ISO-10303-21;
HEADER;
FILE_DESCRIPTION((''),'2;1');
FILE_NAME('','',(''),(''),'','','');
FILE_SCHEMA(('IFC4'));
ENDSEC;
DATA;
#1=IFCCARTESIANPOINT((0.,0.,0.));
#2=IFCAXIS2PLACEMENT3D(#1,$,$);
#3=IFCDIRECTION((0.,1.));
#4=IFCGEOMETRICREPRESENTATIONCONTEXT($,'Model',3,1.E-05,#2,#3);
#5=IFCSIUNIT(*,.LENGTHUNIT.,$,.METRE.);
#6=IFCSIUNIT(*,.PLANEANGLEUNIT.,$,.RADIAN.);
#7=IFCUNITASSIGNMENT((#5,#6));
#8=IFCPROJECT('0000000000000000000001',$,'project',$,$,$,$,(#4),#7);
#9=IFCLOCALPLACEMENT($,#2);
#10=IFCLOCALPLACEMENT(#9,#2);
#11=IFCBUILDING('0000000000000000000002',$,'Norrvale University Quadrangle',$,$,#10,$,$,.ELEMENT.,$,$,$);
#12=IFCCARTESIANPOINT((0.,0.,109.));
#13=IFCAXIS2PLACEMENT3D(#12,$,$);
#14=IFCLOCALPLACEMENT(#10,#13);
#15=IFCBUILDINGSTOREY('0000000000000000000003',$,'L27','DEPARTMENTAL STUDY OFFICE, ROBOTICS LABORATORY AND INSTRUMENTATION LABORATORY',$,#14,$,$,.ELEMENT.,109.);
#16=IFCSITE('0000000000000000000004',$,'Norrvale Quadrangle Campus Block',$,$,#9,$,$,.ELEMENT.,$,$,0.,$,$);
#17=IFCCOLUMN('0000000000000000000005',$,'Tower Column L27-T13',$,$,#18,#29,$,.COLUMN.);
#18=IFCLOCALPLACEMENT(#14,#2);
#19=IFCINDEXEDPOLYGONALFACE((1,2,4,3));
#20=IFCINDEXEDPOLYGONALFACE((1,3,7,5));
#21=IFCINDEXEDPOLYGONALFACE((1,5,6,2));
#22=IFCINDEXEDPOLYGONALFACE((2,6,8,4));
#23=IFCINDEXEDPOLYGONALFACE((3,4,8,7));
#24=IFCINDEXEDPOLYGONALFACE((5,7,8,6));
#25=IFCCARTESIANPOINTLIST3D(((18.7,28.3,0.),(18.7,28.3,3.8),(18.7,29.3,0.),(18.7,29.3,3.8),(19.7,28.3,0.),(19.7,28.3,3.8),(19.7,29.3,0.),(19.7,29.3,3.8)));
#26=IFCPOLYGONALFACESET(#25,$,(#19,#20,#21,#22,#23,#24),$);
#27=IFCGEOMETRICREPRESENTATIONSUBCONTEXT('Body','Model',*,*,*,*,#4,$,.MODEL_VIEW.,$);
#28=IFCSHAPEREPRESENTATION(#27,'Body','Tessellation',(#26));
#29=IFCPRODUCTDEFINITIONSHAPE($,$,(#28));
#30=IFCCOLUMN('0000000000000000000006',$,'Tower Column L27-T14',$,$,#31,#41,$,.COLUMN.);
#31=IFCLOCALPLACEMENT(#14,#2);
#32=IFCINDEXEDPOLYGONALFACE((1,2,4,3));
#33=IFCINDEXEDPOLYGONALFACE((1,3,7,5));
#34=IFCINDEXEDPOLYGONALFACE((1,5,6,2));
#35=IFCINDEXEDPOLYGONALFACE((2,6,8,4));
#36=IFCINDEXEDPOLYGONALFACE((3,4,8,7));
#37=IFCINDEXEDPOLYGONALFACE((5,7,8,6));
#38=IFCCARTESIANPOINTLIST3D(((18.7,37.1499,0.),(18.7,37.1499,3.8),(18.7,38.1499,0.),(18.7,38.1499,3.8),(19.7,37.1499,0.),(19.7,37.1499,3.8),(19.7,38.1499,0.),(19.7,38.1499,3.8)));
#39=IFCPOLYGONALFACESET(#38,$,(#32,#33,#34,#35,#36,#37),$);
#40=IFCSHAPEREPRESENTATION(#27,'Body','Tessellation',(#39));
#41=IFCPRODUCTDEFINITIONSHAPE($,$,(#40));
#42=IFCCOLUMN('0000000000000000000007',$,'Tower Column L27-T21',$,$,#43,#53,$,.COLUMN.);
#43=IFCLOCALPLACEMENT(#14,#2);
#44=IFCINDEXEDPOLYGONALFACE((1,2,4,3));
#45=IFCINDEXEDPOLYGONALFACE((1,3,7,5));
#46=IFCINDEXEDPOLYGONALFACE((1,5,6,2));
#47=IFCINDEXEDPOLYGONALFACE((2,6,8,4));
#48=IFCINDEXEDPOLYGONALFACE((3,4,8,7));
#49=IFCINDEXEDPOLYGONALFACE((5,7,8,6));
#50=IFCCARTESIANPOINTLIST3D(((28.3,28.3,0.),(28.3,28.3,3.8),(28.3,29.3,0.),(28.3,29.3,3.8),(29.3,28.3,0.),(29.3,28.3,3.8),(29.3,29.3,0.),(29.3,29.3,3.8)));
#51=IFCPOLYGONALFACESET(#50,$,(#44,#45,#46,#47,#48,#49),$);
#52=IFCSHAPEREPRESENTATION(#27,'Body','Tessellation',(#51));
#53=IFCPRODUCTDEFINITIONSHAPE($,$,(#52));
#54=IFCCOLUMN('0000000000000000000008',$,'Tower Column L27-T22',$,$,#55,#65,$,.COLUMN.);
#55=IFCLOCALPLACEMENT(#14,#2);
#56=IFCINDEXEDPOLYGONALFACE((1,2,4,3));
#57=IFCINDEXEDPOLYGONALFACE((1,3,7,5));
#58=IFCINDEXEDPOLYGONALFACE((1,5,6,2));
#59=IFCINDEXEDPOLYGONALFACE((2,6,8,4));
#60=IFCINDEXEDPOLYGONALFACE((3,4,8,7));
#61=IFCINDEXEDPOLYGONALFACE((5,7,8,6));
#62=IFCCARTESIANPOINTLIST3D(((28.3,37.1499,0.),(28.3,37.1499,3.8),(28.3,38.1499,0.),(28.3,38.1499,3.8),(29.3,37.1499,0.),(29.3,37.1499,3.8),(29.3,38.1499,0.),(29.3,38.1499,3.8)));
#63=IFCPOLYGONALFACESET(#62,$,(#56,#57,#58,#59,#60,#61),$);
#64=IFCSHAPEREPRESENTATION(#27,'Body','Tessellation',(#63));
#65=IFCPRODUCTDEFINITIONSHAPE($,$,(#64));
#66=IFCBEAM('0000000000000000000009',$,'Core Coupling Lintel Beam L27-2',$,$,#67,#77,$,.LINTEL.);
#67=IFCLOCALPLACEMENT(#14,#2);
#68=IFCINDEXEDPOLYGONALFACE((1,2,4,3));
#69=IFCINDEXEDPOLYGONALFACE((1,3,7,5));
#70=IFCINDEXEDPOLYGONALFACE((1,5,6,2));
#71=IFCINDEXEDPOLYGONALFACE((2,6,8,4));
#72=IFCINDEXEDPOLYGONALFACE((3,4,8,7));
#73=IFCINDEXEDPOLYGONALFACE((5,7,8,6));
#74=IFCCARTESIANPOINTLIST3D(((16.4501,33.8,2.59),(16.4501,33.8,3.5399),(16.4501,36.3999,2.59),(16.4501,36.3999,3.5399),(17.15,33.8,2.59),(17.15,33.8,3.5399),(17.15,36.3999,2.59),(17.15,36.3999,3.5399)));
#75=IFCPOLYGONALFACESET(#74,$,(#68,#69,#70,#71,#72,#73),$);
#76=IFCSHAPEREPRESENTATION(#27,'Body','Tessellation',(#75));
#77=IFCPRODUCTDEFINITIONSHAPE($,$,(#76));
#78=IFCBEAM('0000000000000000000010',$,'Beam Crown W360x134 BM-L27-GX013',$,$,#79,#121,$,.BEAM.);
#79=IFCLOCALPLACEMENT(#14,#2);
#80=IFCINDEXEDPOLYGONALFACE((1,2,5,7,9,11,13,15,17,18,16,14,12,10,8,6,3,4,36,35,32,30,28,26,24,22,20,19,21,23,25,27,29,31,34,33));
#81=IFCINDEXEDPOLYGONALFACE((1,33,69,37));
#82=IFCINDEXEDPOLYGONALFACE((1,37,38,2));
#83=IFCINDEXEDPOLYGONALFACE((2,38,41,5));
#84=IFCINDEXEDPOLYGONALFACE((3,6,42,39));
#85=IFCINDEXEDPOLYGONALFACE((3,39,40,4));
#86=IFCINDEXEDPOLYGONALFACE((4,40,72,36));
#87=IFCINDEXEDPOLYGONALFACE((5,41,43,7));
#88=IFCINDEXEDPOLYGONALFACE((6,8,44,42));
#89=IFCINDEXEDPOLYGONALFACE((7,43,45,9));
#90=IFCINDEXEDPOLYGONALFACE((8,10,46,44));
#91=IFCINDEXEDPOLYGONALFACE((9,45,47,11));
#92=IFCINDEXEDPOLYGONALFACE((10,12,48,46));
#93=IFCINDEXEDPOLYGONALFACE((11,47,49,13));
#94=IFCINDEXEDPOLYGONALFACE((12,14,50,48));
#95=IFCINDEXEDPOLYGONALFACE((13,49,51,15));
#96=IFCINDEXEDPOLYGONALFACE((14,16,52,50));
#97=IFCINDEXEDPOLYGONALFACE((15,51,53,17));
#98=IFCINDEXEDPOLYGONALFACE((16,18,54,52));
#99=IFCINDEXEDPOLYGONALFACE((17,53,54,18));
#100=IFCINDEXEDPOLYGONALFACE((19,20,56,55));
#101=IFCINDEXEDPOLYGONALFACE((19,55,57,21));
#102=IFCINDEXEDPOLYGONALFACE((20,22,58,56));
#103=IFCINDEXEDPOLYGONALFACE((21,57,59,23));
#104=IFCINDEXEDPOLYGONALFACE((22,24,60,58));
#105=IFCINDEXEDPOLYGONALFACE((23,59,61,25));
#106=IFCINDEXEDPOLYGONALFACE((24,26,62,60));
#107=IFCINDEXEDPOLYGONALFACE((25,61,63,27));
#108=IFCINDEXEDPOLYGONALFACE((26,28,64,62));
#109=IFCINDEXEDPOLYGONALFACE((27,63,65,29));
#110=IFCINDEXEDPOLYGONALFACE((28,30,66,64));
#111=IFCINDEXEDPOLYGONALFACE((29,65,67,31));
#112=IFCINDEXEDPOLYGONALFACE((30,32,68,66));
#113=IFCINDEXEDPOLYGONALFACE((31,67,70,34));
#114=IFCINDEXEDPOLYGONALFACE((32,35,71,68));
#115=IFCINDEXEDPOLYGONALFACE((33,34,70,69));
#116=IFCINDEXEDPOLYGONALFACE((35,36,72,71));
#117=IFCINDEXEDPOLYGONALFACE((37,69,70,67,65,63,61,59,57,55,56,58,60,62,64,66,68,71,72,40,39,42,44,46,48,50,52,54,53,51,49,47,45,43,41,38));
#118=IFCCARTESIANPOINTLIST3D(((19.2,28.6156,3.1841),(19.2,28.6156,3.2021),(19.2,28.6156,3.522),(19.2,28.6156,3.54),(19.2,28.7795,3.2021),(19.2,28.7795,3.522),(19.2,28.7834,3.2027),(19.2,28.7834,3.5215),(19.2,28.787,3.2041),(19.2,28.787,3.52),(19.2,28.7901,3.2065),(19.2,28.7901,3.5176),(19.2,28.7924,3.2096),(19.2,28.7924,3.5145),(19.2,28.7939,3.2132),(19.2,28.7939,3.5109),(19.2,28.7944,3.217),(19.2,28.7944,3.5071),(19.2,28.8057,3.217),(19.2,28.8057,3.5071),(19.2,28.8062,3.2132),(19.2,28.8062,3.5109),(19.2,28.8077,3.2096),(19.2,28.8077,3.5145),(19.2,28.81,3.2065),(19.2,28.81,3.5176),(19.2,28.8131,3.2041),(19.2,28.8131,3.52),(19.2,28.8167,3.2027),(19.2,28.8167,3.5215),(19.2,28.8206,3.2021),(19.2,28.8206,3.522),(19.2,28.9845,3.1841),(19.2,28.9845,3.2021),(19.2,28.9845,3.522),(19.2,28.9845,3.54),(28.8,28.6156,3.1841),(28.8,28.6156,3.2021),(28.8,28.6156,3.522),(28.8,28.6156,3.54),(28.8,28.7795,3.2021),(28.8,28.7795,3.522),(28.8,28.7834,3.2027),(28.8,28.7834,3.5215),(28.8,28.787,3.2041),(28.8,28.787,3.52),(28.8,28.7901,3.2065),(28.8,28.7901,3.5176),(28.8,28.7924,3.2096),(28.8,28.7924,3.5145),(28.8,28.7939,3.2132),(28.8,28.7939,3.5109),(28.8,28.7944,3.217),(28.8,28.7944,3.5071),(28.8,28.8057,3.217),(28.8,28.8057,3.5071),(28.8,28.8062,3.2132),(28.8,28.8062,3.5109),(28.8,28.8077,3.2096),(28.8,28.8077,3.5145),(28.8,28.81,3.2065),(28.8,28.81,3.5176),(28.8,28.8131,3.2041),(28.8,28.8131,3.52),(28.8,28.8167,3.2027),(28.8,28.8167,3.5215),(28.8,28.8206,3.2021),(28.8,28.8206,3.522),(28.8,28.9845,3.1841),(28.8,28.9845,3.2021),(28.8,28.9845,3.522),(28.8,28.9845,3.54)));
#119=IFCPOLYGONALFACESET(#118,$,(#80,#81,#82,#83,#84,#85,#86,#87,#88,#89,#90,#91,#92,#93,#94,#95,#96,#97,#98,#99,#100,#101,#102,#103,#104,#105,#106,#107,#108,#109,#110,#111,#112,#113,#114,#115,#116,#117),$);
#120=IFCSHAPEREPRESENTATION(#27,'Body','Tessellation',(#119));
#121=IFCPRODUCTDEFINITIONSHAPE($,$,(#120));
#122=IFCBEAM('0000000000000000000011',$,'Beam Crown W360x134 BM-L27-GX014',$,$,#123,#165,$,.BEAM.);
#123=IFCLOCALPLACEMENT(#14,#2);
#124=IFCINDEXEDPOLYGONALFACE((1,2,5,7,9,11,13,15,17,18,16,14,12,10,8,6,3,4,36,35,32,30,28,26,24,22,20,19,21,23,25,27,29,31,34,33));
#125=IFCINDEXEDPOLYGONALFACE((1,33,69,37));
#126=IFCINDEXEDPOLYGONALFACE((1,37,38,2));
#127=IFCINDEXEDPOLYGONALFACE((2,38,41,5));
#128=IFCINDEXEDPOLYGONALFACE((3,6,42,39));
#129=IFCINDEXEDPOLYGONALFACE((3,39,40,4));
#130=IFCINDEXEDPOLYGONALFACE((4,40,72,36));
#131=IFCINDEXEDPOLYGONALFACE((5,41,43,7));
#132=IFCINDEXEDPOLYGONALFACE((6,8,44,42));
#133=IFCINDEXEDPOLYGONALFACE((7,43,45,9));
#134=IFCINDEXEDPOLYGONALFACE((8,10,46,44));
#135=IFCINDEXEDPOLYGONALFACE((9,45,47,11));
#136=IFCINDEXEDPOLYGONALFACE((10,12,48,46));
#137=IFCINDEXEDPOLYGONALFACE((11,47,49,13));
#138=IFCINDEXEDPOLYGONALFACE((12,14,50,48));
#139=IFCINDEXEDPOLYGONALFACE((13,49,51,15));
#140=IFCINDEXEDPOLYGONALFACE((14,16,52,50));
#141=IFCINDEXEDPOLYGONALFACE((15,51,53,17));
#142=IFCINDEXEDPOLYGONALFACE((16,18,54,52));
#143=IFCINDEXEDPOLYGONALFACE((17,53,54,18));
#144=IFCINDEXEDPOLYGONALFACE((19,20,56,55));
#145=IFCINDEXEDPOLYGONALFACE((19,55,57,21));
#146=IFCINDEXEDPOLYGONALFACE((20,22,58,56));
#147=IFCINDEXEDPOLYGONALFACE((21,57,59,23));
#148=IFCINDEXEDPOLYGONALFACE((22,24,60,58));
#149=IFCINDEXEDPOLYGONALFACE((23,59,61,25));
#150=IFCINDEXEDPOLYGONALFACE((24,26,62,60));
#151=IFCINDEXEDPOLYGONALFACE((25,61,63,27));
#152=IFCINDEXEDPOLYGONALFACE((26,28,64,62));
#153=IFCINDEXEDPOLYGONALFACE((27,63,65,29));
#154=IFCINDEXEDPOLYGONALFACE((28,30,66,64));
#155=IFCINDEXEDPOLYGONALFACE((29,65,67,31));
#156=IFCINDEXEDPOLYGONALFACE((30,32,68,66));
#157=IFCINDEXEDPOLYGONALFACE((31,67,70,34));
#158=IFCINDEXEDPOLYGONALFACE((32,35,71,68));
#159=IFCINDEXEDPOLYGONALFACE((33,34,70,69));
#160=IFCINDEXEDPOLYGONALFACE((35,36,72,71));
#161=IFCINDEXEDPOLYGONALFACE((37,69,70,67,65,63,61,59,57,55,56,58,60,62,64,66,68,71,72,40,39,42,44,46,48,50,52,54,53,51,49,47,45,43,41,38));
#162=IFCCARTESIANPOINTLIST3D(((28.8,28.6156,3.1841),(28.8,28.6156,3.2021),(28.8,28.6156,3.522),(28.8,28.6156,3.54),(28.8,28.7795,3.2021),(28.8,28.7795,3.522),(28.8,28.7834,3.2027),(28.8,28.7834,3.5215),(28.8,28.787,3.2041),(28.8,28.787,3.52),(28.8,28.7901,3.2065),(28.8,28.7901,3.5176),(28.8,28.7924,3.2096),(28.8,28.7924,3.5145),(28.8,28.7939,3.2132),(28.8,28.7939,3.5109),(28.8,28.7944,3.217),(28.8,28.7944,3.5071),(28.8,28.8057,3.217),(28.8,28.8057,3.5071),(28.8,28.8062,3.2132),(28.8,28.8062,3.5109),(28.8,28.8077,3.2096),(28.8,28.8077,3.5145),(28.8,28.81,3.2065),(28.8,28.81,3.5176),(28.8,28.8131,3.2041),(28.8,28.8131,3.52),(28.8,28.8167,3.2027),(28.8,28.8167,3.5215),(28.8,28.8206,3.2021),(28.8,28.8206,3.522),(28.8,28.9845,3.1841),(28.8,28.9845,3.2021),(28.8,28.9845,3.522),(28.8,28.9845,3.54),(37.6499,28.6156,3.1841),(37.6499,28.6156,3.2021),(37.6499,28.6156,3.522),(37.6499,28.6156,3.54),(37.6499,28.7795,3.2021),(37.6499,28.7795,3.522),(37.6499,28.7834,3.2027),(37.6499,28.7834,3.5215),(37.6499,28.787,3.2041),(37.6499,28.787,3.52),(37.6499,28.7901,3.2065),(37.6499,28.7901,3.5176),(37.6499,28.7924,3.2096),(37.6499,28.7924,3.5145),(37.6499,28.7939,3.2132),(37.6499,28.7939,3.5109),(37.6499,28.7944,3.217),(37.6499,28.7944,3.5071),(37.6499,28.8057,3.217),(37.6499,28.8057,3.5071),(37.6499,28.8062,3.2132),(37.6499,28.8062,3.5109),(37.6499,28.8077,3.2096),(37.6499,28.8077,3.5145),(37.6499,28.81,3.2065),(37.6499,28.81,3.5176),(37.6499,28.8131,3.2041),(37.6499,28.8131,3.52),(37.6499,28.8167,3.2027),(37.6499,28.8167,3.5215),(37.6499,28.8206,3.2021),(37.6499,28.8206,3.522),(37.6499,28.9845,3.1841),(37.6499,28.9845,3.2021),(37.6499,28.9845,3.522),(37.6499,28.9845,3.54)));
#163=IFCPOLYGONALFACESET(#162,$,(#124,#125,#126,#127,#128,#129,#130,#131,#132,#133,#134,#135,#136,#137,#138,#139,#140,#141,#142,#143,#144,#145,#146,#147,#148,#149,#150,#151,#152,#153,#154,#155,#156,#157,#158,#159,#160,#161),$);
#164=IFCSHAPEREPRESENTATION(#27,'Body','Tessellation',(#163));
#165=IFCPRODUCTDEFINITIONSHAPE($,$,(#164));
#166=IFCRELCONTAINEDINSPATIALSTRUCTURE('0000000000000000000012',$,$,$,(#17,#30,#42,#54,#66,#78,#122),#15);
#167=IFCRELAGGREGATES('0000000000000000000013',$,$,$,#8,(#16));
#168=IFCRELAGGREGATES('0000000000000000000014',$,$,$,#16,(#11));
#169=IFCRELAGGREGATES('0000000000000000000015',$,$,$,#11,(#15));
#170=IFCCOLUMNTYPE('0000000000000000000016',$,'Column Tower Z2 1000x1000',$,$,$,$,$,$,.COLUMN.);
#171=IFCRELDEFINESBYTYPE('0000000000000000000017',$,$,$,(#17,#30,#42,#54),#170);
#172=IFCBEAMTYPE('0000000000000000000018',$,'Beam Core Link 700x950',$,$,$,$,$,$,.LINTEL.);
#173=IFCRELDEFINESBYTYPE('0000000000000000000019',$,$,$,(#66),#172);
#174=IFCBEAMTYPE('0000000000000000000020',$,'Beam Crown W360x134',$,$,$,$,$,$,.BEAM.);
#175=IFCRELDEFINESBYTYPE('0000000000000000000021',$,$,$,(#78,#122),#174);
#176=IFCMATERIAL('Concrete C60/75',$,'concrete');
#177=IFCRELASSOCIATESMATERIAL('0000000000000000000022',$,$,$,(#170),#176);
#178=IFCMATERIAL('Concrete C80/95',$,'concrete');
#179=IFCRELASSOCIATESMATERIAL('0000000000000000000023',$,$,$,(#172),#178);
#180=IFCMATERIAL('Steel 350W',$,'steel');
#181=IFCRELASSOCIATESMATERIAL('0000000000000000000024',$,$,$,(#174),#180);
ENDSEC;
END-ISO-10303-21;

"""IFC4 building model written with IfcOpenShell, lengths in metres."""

from ifc_helpers import new_model, si_unit, direction, frame, origin, origin_2d, place, context, subcontext, project, spatial, rectangle, i_section, extrude, material, material_profile, profile_set, type_object, element, save


model = new_model("IFC4")

# Units and contexts
model_context = context("Model", 3, precision=1e-05, world=origin(), true_north=direction((0.0, 1.0)))
body_context = subcontext(model_context, "Body", "Model", "MODEL_VIEW")
ifc_project = project(units=[si_unit("LENGTHUNIT", "METRE"), si_unit("PLANEANGLEUNIT", "RADIAN")], contexts=[model_context])

# Site, building, storey
site_placement = place(None, origin())
site = spatial("IfcSite", under=ifc_project, at=site_placement, Name="Norrvale Quadrangle Campus Block", CompositionType="ELEMENT", RefElevation=0.0)
building_placement = place(site_placement, origin())
building = spatial("IfcBuilding", under=site, at=building_placement, Name="Norrvale University Quadrangle", CompositionType="ELEMENT")
storey_placement = place(building_placement, frame((0.0, 0.0, 109.0)))
storey = spatial("IfcBuildingStorey", under=building, at=storey_placement, Name="L27", Description="DEPARTMENTAL STUDY OFFICE, ROBOTICS LABORATORY AND INSTRUMENTATION LABORATORY", CompositionType="ELEMENT", Elevation=109.0)

# Columns
ifc_material_1 = material(Name="Concrete C60/75", Category="concrete")
ifc_material_profile_1 = material_profile(ifc_material_1, rectangle(XDim=1.0, YDim=1.0, at=origin_2d()), Name="Concrete C60/75")
ifc_profile_set_1 = profile_set([ifc_material_profile_1], Name="Concrete C60/75")
column_type = type_object("IfcColumnType", Name="Column Tower Z2 1000x1000", PredefinedType="COLUMN", material=ifc_profile_set_1)
for number, where, z_axis, x_axis, name in (
    (1, (19.2, 28.8, 0.0), (0.0, 0.0, 1.0), (1.0, 0.0, 0.0), "Tower Column L27-T13"),
    (2, (19.2, 37.6499, 0.0), (0.0, 0.0, 1.0), (1.0, 0.0, 0.0), "Tower Column L27-T14"),
    (3, (28.8, 28.8, 0.0), (0.0, 0.0, 1.0), (1.0, 0.0, 0.0), "Tower Column L27-T21"),
    (4, (28.8, 37.6499, 0.0), (0.0, 0.0, 1.0), (1.0, 0.0, 0.0), "Tower Column L27-T22"),
):
    element("IfcColumn", number, at=place(storey_placement, frame(where, z_axis=z_axis, x_axis=x_axis)), inside=storey, type_object=column_type, Name=name, PredefinedType="COLUMN", context=body_context, shape_type="SweptSolid", body=[
        extrude(rectangle(XDim=1.0, YDim=1.0, at=origin_2d()), origin(), (0.0, 0.0, 1.0), 3.8),
    ])

# Beams
ifc_material_2 = material(Name="Concrete C80/95", Category="concrete")
ifc_material_profile_2 = material_profile(ifc_material_2, rectangle(XDim=0.7, YDim=0.95, at=origin_2d()), Name="Concrete C80/95")
ifc_profile_set_2 = profile_set([ifc_material_profile_2], Name="Concrete C80/95")
beam_type_1 = type_object("IfcBeamType", Name="Beam Core Link 700x950", PredefinedType="LINTEL", material=ifc_profile_set_2)
beam_1_placement = place(storey_placement, frame((16.8, 33.8, 3.0649), z_axis=(0.0, 1.0, 0.0), x_axis=(-1.0, 0.0, 0.0)))
element("IfcBeam", 5, at=beam_1_placement, inside=storey, type_object=beam_type_1, Name="Core Coupling Lintel Beam L27-2", PredefinedType="LINTEL", context=body_context, shape_type="SweptSolid", body=[
    extrude(rectangle(XDim=0.7, YDim=0.95, at=origin_2d()), origin(), (0.0, 0.0, 1.0), 2.5999),
])
ifc_material_3 = material(Name="Steel 350W", Category="steel")
ifc_material_profile_3 = material_profile(ifc_material_3, i_section(OverallWidth=0.3689, OverallDepth=0.356, WebThickness=0.0112, FlangeThickness=0.0181, FilletRadius=0.0149, at=origin_2d()), Name="Steel 350W")
ifc_profile_set_3 = profile_set([ifc_material_profile_3], Name="Steel 350W")
beam_type_2 = type_object("IfcBeamType", Name="Beam Crown W360x134", PredefinedType="BEAM", material=ifc_profile_set_3)
beam_2_placement = place(storey_placement, frame((19.2, 28.8, 3.3621), z_axis=(1.0, 0.0, 0.0), x_axis=(0.0, 1.0, 0.0)))
element("IfcBeam", 6, at=beam_2_placement, inside=storey, type_object=beam_type_2, Name="Beam Crown W360x134 BM-L27-GX013", PredefinedType="BEAM", context=body_context, shape_type="SweptSolid", body=[
    extrude(i_section(OverallWidth=0.3689, OverallDepth=0.356, WebThickness=0.0112, FlangeThickness=0.0181, FilletRadius=0.0149, at=origin_2d()), origin(), (0.0, 0.0, 1.0), 9.6001),
])
beam_3_placement = place(storey_placement, frame((28.8, 28.8, 3.3621), z_axis=(1.0, 0.0, 0.0), x_axis=(0.0, 1.0, 0.0)))
element("IfcBeam", 7, at=beam_3_placement, inside=storey, type_object=beam_type_2, Name="Beam Crown W360x134 BM-L27-GX014", PredefinedType="BEAM", context=body_context, shape_type="SweptSolid", body=[
    extrude(i_section(OverallWidth=0.3689, OverallDepth=0.356, WebThickness=0.0112, FlangeThickness=0.0181, FilletRadius=0.0149, at=origin_2d()), origin(), (0.0, 0.0, 1.0), 8.8499),
])

save(model, "model.ifc")
